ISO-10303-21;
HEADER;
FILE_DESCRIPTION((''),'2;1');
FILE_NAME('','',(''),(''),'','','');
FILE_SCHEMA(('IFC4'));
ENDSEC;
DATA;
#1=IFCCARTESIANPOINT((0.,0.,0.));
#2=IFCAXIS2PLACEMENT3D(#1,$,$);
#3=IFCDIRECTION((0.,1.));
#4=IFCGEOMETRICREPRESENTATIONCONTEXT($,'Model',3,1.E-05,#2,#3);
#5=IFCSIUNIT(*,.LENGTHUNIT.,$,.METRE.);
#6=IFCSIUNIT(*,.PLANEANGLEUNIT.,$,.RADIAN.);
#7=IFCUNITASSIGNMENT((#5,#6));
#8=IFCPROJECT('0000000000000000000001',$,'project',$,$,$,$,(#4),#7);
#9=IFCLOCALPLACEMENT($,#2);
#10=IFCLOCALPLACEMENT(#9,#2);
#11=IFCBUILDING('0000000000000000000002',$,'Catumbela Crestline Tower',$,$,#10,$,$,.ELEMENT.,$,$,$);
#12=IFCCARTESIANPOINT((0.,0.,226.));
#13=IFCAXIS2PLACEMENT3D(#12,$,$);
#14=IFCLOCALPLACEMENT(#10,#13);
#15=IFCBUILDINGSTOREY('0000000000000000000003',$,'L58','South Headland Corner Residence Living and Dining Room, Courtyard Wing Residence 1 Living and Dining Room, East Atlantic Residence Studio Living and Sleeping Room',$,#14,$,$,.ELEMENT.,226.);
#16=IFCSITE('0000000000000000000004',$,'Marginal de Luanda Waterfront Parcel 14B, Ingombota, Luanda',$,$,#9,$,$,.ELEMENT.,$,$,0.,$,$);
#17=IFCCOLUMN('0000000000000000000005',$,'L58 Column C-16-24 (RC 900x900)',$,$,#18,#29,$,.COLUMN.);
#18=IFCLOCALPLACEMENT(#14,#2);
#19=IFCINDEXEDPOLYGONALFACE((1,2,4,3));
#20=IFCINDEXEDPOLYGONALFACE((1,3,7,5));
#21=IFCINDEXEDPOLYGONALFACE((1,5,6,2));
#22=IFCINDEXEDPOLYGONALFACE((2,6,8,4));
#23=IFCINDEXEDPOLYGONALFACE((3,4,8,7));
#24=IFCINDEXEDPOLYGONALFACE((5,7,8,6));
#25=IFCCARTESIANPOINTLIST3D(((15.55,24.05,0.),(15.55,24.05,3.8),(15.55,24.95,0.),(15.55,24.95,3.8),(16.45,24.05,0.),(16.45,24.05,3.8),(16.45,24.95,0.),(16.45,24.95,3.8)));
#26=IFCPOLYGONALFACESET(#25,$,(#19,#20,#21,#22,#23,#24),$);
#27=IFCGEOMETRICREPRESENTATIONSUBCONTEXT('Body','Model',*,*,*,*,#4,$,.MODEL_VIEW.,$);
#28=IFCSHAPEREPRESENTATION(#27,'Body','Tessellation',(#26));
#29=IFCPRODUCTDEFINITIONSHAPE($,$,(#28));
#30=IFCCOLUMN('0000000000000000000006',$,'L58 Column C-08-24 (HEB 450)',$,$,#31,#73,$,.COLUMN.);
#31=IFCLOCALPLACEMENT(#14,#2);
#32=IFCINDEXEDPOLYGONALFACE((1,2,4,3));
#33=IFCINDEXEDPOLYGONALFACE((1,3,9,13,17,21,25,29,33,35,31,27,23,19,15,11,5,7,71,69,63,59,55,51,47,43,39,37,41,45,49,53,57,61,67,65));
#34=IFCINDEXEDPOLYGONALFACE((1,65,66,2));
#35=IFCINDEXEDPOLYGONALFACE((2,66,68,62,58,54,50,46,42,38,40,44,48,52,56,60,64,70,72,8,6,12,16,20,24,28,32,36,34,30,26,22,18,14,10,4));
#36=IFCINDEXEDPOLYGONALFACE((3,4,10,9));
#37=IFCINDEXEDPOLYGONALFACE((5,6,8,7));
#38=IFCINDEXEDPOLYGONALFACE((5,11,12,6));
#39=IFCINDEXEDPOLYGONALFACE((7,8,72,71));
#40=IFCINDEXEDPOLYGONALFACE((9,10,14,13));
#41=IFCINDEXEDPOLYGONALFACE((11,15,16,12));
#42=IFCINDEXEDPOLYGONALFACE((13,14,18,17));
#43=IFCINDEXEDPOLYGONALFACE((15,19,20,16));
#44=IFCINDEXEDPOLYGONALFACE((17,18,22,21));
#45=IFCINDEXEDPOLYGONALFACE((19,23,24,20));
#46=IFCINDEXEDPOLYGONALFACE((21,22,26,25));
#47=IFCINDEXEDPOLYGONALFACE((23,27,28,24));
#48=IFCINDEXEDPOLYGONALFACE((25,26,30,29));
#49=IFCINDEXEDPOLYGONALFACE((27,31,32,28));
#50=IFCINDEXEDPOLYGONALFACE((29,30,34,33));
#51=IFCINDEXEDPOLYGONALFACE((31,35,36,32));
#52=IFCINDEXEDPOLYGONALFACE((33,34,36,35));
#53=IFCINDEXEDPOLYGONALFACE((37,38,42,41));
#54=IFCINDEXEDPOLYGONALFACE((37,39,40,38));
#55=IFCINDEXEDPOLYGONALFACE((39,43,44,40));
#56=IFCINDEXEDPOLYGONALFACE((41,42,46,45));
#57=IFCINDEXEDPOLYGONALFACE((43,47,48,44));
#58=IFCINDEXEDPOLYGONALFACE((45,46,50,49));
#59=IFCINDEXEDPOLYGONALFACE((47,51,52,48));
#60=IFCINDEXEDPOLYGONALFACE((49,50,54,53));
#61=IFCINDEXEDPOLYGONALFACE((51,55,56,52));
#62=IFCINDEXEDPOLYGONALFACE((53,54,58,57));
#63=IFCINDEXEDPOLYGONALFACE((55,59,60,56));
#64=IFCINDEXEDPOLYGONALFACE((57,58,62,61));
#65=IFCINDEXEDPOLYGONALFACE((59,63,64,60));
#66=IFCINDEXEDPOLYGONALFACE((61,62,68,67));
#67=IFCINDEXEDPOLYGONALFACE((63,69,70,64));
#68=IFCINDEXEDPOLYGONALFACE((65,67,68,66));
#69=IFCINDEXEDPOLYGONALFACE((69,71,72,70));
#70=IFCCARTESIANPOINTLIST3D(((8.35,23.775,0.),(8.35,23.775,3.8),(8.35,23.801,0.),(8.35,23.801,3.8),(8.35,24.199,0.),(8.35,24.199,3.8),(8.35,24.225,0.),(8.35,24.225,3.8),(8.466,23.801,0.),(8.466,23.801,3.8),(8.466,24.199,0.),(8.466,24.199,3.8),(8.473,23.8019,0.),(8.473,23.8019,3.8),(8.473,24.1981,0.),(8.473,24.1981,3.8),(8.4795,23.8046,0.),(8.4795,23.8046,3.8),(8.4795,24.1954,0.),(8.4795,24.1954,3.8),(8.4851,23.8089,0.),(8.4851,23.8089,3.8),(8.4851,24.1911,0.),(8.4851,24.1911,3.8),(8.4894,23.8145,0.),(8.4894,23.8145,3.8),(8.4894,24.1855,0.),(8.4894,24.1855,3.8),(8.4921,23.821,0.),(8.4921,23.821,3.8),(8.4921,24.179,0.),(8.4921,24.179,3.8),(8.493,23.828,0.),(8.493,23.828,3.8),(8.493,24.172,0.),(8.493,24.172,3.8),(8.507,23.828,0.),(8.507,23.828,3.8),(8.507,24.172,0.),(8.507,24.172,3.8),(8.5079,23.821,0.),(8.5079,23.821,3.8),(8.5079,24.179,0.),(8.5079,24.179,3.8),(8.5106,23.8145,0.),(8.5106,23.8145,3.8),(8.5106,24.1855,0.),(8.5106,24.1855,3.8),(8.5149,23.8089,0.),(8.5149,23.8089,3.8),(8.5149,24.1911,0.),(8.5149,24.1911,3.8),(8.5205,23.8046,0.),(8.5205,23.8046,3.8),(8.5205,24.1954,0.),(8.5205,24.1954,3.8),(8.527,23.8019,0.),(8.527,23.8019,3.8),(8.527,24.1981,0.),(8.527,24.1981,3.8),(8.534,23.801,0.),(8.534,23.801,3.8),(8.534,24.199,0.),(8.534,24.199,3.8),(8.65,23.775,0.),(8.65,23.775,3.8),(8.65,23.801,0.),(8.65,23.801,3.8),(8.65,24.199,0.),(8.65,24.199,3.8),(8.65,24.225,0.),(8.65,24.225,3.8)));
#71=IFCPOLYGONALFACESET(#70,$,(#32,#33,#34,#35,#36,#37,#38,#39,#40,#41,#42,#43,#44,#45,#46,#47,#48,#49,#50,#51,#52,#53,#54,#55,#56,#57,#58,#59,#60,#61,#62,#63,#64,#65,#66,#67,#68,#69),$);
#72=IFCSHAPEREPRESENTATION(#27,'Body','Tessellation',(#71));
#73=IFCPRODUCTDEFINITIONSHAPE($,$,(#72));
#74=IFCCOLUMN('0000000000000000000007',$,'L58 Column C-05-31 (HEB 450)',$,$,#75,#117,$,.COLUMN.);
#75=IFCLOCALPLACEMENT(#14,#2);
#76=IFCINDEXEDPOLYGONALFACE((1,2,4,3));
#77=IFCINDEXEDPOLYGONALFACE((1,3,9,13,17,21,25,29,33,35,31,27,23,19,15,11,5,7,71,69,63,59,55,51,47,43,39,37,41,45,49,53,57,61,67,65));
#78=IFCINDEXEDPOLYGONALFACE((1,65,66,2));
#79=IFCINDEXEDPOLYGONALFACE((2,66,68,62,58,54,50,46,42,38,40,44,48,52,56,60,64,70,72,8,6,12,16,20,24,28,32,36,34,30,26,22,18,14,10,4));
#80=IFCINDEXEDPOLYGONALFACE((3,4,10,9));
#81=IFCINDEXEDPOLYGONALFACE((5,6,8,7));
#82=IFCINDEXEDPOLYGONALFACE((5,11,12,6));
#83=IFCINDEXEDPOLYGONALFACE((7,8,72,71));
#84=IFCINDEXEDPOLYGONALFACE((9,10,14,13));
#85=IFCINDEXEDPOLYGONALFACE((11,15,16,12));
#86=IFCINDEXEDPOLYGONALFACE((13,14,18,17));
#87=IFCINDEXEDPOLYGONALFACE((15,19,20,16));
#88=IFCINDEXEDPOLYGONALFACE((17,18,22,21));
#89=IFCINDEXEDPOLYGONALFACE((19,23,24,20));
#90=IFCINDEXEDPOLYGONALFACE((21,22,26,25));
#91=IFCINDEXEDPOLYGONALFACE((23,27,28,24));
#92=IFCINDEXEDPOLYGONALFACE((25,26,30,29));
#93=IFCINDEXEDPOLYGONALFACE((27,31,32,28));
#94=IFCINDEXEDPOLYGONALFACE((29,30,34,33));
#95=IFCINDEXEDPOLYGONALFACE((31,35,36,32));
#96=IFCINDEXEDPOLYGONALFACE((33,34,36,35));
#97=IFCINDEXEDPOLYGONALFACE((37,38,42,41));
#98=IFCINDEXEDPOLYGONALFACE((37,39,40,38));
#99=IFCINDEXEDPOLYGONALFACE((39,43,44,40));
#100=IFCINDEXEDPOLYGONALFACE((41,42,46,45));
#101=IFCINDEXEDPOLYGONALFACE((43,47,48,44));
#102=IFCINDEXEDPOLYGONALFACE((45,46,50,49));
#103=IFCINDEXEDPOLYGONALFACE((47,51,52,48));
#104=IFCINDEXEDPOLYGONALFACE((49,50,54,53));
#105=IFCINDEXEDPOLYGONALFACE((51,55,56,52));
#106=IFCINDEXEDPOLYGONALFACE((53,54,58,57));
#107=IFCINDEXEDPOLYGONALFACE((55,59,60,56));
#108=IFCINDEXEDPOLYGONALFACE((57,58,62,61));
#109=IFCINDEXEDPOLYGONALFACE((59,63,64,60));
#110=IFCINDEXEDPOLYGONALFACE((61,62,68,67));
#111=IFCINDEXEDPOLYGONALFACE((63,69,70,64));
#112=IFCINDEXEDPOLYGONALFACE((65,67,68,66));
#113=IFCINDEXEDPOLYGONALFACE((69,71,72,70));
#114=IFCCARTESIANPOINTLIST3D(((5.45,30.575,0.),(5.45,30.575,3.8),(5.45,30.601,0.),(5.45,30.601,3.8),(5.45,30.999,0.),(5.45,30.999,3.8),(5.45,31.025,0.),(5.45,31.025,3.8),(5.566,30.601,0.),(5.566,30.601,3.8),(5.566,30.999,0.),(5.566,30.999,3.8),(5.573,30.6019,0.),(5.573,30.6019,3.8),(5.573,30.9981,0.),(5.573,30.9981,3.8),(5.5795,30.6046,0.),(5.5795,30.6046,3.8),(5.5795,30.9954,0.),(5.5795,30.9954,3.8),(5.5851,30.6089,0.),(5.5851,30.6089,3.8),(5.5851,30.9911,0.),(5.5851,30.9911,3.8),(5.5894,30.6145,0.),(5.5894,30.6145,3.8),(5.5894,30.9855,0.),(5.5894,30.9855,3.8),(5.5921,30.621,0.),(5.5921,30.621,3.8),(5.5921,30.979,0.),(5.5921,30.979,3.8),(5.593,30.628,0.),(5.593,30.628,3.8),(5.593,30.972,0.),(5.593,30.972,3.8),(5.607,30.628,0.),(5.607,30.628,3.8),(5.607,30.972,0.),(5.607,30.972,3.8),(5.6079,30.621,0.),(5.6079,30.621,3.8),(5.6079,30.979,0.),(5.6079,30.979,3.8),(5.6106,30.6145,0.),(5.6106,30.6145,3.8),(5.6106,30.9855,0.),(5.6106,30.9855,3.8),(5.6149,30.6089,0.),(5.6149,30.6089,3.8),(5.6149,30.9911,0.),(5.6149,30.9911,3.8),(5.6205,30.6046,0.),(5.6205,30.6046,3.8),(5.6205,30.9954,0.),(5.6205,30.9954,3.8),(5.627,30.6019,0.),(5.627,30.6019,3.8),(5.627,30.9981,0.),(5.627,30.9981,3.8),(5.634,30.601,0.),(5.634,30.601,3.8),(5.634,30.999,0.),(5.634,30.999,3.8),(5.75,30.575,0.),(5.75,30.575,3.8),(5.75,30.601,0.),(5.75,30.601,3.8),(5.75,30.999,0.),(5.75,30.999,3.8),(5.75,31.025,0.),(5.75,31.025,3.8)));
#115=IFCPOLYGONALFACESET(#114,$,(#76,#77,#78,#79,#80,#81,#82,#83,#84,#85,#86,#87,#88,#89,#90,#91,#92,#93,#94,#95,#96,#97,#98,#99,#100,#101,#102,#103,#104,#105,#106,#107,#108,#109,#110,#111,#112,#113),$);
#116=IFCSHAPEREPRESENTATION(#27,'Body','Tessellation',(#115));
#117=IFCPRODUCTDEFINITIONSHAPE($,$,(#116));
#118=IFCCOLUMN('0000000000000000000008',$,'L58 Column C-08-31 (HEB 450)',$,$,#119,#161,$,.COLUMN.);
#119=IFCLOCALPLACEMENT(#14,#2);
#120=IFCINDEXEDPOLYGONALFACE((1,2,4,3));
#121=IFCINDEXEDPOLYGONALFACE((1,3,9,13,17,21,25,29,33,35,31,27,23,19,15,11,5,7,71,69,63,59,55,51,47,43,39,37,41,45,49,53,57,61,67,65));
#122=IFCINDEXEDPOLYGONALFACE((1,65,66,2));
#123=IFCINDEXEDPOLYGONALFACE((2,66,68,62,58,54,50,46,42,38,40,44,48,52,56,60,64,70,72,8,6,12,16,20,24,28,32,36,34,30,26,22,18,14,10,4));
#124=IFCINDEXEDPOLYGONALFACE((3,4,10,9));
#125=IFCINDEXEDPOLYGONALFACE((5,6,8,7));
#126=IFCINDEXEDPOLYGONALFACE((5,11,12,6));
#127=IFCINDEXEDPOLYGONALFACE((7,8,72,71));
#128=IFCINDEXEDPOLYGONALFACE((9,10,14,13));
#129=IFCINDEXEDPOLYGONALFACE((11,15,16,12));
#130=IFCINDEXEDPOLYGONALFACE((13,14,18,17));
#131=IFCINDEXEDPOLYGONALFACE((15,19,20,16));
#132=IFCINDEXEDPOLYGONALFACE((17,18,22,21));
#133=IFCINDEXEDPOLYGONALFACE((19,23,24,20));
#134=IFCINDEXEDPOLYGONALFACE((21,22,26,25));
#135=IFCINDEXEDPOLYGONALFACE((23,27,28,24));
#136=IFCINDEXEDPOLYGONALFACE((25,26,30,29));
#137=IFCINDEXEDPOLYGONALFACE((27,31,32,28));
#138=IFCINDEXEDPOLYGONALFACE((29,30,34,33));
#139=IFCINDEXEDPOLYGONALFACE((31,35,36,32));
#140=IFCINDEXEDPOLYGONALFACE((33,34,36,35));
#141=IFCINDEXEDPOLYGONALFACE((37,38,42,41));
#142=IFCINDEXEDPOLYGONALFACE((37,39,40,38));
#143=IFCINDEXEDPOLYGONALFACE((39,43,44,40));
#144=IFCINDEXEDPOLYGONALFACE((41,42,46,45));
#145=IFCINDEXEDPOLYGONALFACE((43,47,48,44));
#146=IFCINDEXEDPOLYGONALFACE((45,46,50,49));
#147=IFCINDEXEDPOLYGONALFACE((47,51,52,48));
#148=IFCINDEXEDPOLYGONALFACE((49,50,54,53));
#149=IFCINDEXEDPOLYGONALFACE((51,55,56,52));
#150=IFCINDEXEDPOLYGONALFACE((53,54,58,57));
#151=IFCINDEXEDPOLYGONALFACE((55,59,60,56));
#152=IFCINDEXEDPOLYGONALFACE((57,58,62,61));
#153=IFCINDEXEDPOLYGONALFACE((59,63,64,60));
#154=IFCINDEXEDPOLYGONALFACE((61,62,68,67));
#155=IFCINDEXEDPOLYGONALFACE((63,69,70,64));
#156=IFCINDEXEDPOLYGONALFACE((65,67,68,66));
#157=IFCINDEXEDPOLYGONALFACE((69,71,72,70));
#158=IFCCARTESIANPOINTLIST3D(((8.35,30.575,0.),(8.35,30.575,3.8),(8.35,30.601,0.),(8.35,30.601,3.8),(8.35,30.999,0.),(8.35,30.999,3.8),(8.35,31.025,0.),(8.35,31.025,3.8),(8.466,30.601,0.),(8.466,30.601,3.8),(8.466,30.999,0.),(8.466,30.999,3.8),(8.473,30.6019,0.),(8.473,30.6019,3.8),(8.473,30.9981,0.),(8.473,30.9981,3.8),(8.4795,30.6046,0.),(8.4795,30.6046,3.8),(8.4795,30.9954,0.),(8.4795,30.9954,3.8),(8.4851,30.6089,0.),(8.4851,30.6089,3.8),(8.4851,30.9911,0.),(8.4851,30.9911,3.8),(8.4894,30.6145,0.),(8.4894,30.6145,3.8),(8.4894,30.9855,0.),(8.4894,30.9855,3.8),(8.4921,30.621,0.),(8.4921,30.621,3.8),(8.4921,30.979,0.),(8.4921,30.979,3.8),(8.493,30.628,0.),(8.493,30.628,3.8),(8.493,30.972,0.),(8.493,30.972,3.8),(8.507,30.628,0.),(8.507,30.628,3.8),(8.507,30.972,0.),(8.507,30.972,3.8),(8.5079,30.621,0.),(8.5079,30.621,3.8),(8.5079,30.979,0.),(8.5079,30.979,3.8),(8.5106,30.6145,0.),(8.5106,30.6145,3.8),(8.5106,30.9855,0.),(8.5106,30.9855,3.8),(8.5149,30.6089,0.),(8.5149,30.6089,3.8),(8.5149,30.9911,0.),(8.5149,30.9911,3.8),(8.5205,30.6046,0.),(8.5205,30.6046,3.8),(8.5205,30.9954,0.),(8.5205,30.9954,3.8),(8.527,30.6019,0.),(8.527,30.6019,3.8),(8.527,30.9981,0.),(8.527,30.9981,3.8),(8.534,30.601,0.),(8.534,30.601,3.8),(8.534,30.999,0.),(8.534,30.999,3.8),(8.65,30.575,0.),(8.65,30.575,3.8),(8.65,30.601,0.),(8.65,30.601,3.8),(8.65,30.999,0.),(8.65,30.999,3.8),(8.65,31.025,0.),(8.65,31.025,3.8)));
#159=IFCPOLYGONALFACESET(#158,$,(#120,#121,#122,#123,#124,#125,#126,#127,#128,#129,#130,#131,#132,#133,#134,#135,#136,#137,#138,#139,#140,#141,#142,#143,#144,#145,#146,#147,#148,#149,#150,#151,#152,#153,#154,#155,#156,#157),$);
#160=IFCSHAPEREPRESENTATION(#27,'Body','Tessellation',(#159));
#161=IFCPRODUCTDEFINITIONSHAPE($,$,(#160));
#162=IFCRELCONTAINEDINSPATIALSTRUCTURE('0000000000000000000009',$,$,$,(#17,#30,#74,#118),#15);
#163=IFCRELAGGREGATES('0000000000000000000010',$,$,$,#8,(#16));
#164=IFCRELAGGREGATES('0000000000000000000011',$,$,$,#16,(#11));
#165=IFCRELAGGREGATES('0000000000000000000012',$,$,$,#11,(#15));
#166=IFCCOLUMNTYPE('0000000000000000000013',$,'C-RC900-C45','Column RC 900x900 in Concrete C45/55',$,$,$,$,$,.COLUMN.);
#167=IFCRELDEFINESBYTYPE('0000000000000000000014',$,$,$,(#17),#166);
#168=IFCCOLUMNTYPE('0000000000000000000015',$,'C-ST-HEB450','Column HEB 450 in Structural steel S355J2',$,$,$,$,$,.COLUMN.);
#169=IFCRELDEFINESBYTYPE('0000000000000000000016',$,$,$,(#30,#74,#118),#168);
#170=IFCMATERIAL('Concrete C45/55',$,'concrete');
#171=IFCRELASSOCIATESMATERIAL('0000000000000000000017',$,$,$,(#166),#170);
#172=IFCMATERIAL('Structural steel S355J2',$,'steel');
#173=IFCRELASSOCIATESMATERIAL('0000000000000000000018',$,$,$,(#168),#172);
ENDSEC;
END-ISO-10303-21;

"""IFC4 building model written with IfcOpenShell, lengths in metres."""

from ifc_helpers import new_model, si_unit, direction, frame, origin, origin_2d, place, context, subcontext, project, spatial, rectangle, i_section, extrude, material, material_profile, profile_set, type_object, element, save


model = new_model("IFC4")

# Units and contexts
model_context = context("Model", 3, precision=1e-05, world=origin(), true_north=direction((0.0, 1.0)))
body_context = subcontext(model_context, "Body", "Model", "MODEL_VIEW")
ifc_project = project(units=[si_unit("LENGTHUNIT", "METRE"), si_unit("PLANEANGLEUNIT", "RADIAN")], contexts=[model_context])

# Site, building, storey
site_placement = place(None, origin())
site = spatial("IfcSite", under=ifc_project, at=site_placement, Name="Marginal de Luanda Waterfront Parcel 14B, Ingombota, Luanda", CompositionType="ELEMENT", RefElevation=0.0)
building_placement = place(site_placement, origin())
building = spatial("IfcBuilding", under=site, at=building_placement, Name="Catumbela Crestline Tower", CompositionType="ELEMENT")
storey_placement = place(building_placement, frame((0.0, 0.0, 226.0)))
storey = spatial("IfcBuildingStorey", under=building, at=storey_placement, Name="L58", Description="South Headland Corner Residence Living and Dining Room, Courtyard Wing Residence 1 Living and Dining Room, East Atlantic Residence Studio Living and Sleeping Room", CompositionType="ELEMENT", Elevation=226.0)

# Columns
ifc_material_1 = material(Name="Concrete C45/55", Category="concrete")
ifc_material_profile_1 = material_profile(ifc_material_1, rectangle(XDim=0.9, YDim=0.9, at=origin_2d()), Name="RC 900x900")
ifc_profile_set_1 = profile_set([ifc_material_profile_1], Name="Concrete C45/55")
column_type_1 = type_object("IfcColumnType", Name="C-RC900-C45", Description="Column RC 900x900 in Concrete C45/55", PredefinedType="COLUMN", material=ifc_profile_set_1)
column_placement = place(storey_placement, frame((16.0, 24.5, 0.0), z_axis=(0.0, 0.0, 1.0), x_axis=(1.0, 0.0, 0.0)))
element("IfcColumn", 1, at=column_placement, inside=storey, type_object=column_type_1, Name="L58 Column C-16-24 (RC 900x900)", PredefinedType="COLUMN", context=body_context, shape_type="SweptSolid", body=[
    extrude(rectangle(XDim=0.9, YDim=0.9, at=origin_2d()), origin(), (0.0, 0.0, 1.0), 3.8),
])
ifc_material_2 = material(Name="Structural steel S355J2", Category="steel")
ifc_material_profile_2 = material_profile(ifc_material_2, i_section(OverallWidth=0.3, OverallDepth=0.45, WebThickness=0.014, FlangeThickness=0.026, FilletRadius=0.027, at=origin_2d()), Name="HEB 450")
ifc_profile_set_2 = profile_set([ifc_material_profile_2], Name="Structural steel S355J2")
column_type_2 = type_object("IfcColumnType", Name="C-ST-HEB450", Description="Column HEB 450 in Structural steel S355J2", PredefinedType="COLUMN", material=ifc_profile_set_2)
for number, where, z_axis, x_axis, name in (
    (2, (8.5, 24.0, 0.0), (0.0, 0.0, 1.0), (1.0, 0.0, 0.0), "L58 Column C-08-24 (HEB 450)"),
    (3, (5.6, 30.8, 0.0), (0.0, 0.0, 1.0), (1.0, 0.0, 0.0), "L58 Column C-05-31 (HEB 450)"),
    (4, (8.5, 30.8, 0.0), (0.0, 0.0, 1.0), (1.0, 0.0, 0.0), "L58 Column C-08-31 (HEB 450)"),
):
    element("IfcColumn", number, at=place(storey_placement, frame(where, z_axis=z_axis, x_axis=x_axis)), inside=storey, type_object=column_type_2, Name=name, PredefinedType="COLUMN", context=body_context, shape_type="SweptSolid", body=[
        extrude(i_section(OverallWidth=0.3, OverallDepth=0.45, WebThickness=0.014, FlangeThickness=0.026, FilletRadius=0.027, at=origin_2d()), origin(), (0.0, 0.0, 1.0), 3.8),
    ])

save(model, "model.ifc")
